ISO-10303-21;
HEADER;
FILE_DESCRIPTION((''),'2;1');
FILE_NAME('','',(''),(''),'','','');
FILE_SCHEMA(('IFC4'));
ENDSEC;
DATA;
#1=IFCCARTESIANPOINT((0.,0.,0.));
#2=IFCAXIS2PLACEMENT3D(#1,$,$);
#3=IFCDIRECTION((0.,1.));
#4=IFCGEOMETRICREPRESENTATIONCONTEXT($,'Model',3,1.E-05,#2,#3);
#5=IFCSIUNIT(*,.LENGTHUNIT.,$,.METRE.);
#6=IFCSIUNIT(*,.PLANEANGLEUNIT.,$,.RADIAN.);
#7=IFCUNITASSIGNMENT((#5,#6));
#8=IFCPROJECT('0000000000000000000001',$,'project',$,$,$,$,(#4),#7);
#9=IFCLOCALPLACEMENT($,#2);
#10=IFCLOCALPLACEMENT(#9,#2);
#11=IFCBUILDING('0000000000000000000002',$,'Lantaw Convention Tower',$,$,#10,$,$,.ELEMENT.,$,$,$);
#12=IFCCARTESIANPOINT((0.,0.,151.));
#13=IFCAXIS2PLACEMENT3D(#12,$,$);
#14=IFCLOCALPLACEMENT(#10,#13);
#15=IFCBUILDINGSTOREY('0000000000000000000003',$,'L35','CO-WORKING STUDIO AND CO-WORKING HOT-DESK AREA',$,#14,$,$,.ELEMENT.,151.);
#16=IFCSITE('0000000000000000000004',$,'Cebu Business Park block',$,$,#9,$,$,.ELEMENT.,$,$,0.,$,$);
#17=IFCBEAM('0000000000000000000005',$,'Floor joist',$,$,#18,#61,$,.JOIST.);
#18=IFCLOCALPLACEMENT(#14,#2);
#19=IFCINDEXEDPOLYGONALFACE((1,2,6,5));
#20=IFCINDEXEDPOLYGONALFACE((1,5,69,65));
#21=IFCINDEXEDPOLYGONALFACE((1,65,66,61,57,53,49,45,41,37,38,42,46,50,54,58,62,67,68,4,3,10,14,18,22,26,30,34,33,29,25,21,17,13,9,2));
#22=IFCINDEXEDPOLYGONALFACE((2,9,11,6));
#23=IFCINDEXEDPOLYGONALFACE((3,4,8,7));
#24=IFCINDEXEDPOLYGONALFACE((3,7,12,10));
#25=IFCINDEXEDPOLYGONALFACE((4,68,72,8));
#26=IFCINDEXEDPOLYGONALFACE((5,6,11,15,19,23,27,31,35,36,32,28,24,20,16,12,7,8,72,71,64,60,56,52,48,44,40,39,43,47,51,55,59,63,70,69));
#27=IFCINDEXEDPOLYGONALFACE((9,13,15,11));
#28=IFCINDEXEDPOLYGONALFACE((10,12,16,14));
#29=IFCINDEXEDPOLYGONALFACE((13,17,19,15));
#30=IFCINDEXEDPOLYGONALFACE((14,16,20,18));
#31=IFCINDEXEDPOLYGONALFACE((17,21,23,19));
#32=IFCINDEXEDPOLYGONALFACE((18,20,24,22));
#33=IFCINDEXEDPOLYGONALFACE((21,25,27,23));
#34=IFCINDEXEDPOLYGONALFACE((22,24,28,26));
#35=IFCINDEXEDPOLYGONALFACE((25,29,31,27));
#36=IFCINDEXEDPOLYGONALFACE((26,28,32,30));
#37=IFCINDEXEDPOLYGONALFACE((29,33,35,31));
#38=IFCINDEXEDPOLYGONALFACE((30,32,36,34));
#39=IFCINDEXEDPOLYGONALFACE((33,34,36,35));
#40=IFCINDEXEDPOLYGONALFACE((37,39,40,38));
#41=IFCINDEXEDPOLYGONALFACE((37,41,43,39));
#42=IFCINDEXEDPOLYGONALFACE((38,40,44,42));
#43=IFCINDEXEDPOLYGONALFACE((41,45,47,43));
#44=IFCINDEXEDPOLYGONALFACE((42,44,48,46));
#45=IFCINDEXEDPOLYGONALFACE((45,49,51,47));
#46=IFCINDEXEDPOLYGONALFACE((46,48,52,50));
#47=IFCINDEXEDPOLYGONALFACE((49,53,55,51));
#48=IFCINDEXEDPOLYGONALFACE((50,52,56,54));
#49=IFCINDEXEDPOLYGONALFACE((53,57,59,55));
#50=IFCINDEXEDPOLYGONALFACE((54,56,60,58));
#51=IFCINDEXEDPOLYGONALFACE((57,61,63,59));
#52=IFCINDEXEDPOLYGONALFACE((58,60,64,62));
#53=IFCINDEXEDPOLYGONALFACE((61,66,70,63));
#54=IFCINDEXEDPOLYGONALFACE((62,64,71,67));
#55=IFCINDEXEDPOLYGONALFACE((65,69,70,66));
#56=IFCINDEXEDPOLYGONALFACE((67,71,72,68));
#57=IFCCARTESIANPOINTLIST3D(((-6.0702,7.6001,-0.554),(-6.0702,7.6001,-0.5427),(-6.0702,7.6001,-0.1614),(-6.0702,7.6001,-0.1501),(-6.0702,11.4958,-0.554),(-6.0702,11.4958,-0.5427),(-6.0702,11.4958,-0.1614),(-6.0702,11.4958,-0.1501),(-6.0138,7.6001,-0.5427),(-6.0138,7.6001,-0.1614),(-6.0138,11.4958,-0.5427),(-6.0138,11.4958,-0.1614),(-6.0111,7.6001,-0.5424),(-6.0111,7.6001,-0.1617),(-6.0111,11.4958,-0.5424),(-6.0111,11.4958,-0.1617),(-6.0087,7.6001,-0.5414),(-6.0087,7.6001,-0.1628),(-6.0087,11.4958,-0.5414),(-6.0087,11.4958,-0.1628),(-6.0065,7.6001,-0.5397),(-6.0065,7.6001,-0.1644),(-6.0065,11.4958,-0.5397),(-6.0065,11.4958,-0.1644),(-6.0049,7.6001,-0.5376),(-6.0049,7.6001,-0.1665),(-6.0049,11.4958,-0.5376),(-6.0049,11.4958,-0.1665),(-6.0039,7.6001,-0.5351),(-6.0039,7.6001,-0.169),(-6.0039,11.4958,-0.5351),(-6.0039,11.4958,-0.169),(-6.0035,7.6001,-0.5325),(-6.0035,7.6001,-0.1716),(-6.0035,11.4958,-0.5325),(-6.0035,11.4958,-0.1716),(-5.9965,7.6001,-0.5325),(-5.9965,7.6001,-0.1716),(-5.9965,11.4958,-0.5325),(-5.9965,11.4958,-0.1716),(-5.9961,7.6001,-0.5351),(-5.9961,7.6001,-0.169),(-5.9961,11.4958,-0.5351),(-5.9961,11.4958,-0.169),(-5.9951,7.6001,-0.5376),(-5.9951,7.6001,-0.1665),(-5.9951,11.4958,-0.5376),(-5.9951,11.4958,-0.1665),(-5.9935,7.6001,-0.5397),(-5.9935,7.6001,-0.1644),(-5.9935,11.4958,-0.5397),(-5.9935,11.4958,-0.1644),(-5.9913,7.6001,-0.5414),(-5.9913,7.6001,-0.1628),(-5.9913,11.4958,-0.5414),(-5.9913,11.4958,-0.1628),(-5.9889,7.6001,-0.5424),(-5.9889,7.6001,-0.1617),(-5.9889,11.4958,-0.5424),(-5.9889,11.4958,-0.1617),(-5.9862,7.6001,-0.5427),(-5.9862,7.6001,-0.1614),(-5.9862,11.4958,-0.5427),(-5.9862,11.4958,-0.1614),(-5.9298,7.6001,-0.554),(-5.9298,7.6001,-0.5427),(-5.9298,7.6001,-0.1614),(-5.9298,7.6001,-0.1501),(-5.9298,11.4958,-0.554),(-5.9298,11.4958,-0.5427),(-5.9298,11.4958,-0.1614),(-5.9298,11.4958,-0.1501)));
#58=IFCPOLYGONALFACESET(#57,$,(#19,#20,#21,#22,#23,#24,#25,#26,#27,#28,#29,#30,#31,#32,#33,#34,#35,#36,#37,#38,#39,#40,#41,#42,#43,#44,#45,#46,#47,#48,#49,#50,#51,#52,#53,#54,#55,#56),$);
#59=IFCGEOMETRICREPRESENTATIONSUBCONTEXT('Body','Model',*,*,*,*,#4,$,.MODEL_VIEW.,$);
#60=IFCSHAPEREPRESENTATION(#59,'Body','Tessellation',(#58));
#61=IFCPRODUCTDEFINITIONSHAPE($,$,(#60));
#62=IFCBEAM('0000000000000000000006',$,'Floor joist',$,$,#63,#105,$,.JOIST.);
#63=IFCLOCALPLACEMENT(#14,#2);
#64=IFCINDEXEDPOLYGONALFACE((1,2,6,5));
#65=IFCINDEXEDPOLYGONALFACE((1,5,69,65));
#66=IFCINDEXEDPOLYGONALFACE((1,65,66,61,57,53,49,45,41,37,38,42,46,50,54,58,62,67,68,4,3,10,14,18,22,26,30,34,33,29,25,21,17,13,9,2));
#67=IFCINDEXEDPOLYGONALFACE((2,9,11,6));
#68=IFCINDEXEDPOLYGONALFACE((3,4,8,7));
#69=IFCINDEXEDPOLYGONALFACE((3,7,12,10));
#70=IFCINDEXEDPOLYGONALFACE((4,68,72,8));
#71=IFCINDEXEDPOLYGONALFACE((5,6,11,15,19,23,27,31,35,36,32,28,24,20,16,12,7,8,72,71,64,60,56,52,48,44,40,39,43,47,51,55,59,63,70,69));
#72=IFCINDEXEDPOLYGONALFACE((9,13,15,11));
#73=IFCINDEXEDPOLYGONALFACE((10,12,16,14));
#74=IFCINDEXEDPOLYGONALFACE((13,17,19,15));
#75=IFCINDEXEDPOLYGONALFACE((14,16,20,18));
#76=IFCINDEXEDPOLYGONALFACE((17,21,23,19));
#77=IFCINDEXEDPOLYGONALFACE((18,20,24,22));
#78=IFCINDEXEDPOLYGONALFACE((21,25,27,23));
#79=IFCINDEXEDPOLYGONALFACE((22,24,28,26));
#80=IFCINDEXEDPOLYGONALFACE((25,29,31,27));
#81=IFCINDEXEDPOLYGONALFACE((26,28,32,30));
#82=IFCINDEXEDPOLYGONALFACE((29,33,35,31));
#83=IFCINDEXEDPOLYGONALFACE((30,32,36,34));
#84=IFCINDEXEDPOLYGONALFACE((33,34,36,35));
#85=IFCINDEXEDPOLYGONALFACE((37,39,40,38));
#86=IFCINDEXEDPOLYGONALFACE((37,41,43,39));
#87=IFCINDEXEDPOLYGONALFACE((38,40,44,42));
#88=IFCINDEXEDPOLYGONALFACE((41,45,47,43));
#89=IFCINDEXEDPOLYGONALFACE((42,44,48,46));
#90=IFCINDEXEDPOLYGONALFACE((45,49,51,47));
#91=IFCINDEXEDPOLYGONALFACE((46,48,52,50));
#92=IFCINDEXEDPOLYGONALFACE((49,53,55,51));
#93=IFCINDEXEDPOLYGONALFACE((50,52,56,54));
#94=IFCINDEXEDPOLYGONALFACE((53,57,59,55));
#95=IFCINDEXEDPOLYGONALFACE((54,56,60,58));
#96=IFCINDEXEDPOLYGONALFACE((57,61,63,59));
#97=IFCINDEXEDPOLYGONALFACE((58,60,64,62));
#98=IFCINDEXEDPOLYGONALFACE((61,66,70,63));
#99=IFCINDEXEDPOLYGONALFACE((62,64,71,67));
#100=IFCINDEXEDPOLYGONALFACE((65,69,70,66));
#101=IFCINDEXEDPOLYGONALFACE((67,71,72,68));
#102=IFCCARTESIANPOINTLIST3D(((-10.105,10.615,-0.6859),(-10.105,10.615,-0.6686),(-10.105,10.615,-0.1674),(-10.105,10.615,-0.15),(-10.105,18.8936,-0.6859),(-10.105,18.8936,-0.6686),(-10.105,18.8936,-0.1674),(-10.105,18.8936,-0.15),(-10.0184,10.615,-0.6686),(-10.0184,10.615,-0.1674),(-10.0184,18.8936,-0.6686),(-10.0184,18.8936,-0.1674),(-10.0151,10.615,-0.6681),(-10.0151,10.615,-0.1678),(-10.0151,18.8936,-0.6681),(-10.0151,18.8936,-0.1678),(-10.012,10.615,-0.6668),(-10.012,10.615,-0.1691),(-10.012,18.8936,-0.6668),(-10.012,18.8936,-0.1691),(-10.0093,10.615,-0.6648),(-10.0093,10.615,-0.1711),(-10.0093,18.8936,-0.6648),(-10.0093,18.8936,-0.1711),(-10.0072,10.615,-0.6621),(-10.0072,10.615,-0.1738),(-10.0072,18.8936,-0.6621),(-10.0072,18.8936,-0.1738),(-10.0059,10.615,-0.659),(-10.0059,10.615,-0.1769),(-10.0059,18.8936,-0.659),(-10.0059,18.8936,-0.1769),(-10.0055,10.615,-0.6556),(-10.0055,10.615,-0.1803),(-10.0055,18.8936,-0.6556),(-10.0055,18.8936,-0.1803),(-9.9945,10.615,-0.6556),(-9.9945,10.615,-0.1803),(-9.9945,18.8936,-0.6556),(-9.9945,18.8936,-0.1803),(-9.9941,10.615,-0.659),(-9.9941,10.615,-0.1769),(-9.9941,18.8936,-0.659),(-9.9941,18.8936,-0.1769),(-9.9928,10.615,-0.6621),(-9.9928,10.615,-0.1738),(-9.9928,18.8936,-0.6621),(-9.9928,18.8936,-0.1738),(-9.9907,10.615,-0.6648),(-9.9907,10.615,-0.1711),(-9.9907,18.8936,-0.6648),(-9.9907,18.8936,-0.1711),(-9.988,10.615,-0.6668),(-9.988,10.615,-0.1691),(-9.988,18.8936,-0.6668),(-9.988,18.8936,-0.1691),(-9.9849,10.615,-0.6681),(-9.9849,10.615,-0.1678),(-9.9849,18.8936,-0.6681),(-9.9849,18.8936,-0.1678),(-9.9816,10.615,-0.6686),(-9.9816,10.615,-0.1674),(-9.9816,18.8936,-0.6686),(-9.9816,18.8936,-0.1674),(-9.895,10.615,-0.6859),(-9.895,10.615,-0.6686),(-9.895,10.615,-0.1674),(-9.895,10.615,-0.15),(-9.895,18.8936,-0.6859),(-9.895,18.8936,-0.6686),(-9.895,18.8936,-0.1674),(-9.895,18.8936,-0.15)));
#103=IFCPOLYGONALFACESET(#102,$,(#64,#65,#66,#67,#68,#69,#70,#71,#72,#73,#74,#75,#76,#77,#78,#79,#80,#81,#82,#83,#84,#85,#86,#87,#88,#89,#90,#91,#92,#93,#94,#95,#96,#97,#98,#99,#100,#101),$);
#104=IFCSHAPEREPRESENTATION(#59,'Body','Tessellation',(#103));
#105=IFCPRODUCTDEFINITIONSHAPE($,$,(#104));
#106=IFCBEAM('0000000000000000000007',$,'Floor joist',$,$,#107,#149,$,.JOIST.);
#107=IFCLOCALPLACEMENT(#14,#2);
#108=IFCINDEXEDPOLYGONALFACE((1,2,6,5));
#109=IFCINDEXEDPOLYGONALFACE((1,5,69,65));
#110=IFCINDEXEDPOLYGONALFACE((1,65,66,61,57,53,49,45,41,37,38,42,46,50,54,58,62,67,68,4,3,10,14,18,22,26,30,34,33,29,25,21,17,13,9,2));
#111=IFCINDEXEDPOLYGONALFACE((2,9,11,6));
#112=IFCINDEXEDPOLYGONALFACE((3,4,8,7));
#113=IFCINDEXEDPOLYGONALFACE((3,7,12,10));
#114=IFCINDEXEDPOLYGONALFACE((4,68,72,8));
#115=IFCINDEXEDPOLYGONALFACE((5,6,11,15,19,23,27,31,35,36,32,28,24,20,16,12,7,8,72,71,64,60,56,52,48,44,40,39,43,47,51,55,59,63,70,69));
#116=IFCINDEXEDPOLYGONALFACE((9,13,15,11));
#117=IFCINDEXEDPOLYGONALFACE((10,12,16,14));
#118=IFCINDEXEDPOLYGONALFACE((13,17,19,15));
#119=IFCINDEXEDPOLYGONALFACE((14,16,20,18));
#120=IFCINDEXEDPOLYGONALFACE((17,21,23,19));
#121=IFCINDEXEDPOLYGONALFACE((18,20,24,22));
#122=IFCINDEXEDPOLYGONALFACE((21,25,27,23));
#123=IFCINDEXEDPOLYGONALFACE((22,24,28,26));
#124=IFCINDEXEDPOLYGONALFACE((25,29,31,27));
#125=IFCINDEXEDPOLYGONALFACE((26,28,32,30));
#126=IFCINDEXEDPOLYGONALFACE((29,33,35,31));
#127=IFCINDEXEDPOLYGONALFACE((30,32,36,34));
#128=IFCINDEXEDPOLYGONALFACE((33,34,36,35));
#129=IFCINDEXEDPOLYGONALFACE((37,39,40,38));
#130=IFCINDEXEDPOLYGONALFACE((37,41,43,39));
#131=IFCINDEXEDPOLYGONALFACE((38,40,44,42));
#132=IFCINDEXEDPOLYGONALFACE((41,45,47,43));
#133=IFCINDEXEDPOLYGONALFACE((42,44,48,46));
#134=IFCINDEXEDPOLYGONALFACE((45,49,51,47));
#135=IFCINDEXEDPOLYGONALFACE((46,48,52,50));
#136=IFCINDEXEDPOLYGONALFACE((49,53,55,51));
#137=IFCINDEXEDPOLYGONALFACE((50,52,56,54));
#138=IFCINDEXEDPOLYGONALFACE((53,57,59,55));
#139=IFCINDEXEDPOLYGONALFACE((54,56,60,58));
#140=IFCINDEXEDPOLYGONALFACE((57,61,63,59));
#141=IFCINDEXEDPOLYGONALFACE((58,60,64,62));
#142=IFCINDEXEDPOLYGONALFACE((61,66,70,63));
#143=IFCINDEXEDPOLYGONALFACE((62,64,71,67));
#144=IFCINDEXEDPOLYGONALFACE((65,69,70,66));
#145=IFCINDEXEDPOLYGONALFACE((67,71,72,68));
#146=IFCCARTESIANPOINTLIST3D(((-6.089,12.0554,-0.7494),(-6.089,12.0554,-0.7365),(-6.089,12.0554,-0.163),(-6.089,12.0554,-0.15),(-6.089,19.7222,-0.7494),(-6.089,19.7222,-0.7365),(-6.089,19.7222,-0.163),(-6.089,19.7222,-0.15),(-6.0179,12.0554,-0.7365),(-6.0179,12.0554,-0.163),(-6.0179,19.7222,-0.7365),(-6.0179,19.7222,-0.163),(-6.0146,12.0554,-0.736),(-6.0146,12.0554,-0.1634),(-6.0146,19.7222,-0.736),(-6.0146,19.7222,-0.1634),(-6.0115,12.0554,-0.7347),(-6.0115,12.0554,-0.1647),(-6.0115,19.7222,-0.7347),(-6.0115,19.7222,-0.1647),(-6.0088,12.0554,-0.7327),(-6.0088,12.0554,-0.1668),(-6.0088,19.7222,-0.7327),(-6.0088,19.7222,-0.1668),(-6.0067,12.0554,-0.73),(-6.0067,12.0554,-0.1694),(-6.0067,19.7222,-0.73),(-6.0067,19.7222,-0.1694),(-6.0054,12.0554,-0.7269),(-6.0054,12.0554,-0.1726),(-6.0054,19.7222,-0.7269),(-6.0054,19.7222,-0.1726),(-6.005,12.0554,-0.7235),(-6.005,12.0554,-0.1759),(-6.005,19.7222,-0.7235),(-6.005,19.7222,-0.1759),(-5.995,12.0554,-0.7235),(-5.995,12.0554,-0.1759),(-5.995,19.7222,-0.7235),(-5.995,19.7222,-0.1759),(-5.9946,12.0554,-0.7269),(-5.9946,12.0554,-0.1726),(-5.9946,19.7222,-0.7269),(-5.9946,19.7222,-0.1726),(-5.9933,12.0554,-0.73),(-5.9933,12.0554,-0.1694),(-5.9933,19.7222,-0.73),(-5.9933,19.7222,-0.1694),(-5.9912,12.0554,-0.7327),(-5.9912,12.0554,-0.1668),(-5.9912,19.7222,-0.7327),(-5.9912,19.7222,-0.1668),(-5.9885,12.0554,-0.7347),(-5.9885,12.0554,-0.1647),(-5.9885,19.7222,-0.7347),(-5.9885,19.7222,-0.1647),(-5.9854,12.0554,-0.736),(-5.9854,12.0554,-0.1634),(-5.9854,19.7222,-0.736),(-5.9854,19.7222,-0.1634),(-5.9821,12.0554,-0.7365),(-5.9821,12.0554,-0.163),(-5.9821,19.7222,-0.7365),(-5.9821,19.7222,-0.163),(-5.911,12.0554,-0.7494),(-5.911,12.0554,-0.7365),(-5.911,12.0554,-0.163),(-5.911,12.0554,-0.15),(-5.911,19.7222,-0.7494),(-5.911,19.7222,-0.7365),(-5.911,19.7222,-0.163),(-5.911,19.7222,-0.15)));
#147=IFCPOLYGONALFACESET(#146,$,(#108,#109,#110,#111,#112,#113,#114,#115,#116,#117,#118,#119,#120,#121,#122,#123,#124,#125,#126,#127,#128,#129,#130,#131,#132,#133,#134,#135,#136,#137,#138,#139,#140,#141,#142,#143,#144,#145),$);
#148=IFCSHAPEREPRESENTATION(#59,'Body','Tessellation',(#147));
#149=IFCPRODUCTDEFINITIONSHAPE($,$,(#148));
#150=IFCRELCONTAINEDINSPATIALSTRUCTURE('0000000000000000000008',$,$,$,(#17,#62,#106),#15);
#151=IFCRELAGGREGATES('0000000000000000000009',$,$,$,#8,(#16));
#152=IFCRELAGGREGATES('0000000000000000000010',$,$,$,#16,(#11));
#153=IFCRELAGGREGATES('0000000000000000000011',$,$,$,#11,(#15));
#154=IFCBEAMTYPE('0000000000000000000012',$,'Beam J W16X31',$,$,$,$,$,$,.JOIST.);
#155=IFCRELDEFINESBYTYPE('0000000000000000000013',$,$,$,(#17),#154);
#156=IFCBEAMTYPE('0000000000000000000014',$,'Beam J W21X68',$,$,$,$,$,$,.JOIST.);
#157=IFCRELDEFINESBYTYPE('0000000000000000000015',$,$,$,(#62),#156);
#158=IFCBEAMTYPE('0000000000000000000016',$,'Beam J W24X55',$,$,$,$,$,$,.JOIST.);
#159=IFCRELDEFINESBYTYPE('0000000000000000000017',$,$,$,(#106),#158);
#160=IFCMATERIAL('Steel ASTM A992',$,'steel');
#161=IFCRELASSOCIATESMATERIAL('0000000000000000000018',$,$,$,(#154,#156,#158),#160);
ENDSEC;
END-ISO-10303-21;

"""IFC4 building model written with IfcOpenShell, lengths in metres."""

from ifc_helpers import new_model, si_unit, direction, frame, origin, origin_2d, place, context, subcontext, project, spatial, i_section, extrude, material, material_profile, profile_set, type_object, element, save


model = new_model("IFC4")

# Units and contexts
model_context = context("Model", 3, precision=1e-05, world=origin(), true_north=direction((0.0, 1.0)))
body_context = subcontext(model_context, "Body", "Model", "MODEL_VIEW")
ifc_project = project(units=[si_unit("LENGTHUNIT", "METRE"), si_unit("PLANEANGLEUNIT", "RADIAN")], contexts=[model_context])

# Site, building, storey
site_placement = place(None, origin())
site = spatial("IfcSite", under=ifc_project, at=site_placement, Name="Cebu Business Park block", CompositionType="ELEMENT", RefElevation=0.0)
building_placement = place(site_placement, origin())
building = spatial("IfcBuilding", under=site, at=building_placement, Name="Lantaw Convention Tower", CompositionType="ELEMENT")
storey_placement = place(building_placement, frame((0.0, 0.0, 151.0)))
storey = spatial("IfcBuildingStorey", under=building, at=storey_placement, Name="L35", Description="CO-WORKING STUDIO AND CO-WORKING HOT-DESK AREA", CompositionType="ELEMENT", Elevation=151.0)

# Beams
ifc_material_1 = material(Name="Steel ASTM A992", Category="steel")
ifc_material_profile_1 = material_profile(ifc_material_1, i_section(OverallWidth=0.1404, OverallDepth=0.4038, WebThickness=0.0071, FlangeThickness=0.0112, FilletRadius=0.0103, at=origin_2d()), Name="W16X31")
ifc_profile_set_1 = profile_set([ifc_material_profile_1], Name="Steel ASTM A992")
beam_type_1 = type_object("IfcBeamType", Name="Beam J W16X31", PredefinedType="JOIST", material=ifc_profile_set_1)
beam_1_placement = place(storey_placement, frame((-6.0, 7.6001, -0.3521), z_axis=(0.0, 1.0, 0.0), x_axis=(-1.0, 0.0, 0.0)))
element("IfcBeam", 1, at=beam_1_placement, inside=storey, type_object=beam_type_1, Name="Floor joist", PredefinedType="JOIST", context=body_context, shape_type="SweptSolid", body=[
    extrude(i_section(OverallWidth=0.1404, OverallDepth=0.4038, WebThickness=0.0071, FlangeThickness=0.0112, FilletRadius=0.0103, at=origin_2d()), origin(), (0.0, 0.0, 1.0), 3.8958),
])
ifc_material_profile_2 = material_profile(ifc_material_1, i_section(OverallWidth=0.21, OverallDepth=0.5359, WebThickness=0.011, FlangeThickness=0.0173, FilletRadius=0.0129, at=origin_2d()), Name="W21X68")
ifc_profile_set_2 = profile_set([ifc_material_profile_2], Name="Steel ASTM A992")
beam_type_2 = type_object("IfcBeamType", Name="Beam J W21X68", PredefinedType="JOIST", material=ifc_profile_set_2)
beam_2_placement = place(storey_placement, frame((-10.0, 10.615, -0.418), z_axis=(0.0, 1.0, 0.0), x_axis=(-1.0, 0.0, 0.0)))
element("IfcBeam", 2, at=beam_2_placement, inside=storey, type_object=beam_type_2, Name="Floor joist", PredefinedType="JOIST", context=body_context, shape_type="SweptSolid", body=[
    extrude(i_section(OverallWidth=0.21, OverallDepth=0.5359, WebThickness=0.011, FlangeThickness=0.0173, FilletRadius=0.0129, at=origin_2d()), origin(), (0.0, 0.0, 1.0), 8.2786),
])
ifc_material_profile_3 = material_profile(ifc_material_1, i_section(OverallWidth=0.178, OverallDepth=0.5994, WebThickness=0.01, FlangeThickness=0.0129, FilletRadius=0.0129, at=origin_2d()), Name="W24X55")
ifc_profile_set_3 = profile_set([ifc_material_profile_3], Name="Steel ASTM A992")
beam_type_3 = type_object("IfcBeamType", Name="Beam J W24X55", PredefinedType="JOIST", material=ifc_profile_set_3)
beam_3_placement = place(storey_placement, frame((-6.0, 12.0554, -0.4497), z_axis=(0.0, 1.0, 0.0), x_axis=(-1.0, 0.0, 0.0)))
element("IfcBeam", 3, at=beam_3_placement, inside=storey, type_object=beam_type_3, Name="Floor joist", PredefinedType="JOIST", context=body_context, shape_type="SweptSolid", body=[
    extrude(i_section(OverallWidth=0.178, OverallDepth=0.5994, WebThickness=0.01, FlangeThickness=0.0129, FilletRadius=0.0129, at=origin_2d()), origin(), (0.0, 0.0, 1.0), 7.6667),
])

save(model, "model.ifc")
